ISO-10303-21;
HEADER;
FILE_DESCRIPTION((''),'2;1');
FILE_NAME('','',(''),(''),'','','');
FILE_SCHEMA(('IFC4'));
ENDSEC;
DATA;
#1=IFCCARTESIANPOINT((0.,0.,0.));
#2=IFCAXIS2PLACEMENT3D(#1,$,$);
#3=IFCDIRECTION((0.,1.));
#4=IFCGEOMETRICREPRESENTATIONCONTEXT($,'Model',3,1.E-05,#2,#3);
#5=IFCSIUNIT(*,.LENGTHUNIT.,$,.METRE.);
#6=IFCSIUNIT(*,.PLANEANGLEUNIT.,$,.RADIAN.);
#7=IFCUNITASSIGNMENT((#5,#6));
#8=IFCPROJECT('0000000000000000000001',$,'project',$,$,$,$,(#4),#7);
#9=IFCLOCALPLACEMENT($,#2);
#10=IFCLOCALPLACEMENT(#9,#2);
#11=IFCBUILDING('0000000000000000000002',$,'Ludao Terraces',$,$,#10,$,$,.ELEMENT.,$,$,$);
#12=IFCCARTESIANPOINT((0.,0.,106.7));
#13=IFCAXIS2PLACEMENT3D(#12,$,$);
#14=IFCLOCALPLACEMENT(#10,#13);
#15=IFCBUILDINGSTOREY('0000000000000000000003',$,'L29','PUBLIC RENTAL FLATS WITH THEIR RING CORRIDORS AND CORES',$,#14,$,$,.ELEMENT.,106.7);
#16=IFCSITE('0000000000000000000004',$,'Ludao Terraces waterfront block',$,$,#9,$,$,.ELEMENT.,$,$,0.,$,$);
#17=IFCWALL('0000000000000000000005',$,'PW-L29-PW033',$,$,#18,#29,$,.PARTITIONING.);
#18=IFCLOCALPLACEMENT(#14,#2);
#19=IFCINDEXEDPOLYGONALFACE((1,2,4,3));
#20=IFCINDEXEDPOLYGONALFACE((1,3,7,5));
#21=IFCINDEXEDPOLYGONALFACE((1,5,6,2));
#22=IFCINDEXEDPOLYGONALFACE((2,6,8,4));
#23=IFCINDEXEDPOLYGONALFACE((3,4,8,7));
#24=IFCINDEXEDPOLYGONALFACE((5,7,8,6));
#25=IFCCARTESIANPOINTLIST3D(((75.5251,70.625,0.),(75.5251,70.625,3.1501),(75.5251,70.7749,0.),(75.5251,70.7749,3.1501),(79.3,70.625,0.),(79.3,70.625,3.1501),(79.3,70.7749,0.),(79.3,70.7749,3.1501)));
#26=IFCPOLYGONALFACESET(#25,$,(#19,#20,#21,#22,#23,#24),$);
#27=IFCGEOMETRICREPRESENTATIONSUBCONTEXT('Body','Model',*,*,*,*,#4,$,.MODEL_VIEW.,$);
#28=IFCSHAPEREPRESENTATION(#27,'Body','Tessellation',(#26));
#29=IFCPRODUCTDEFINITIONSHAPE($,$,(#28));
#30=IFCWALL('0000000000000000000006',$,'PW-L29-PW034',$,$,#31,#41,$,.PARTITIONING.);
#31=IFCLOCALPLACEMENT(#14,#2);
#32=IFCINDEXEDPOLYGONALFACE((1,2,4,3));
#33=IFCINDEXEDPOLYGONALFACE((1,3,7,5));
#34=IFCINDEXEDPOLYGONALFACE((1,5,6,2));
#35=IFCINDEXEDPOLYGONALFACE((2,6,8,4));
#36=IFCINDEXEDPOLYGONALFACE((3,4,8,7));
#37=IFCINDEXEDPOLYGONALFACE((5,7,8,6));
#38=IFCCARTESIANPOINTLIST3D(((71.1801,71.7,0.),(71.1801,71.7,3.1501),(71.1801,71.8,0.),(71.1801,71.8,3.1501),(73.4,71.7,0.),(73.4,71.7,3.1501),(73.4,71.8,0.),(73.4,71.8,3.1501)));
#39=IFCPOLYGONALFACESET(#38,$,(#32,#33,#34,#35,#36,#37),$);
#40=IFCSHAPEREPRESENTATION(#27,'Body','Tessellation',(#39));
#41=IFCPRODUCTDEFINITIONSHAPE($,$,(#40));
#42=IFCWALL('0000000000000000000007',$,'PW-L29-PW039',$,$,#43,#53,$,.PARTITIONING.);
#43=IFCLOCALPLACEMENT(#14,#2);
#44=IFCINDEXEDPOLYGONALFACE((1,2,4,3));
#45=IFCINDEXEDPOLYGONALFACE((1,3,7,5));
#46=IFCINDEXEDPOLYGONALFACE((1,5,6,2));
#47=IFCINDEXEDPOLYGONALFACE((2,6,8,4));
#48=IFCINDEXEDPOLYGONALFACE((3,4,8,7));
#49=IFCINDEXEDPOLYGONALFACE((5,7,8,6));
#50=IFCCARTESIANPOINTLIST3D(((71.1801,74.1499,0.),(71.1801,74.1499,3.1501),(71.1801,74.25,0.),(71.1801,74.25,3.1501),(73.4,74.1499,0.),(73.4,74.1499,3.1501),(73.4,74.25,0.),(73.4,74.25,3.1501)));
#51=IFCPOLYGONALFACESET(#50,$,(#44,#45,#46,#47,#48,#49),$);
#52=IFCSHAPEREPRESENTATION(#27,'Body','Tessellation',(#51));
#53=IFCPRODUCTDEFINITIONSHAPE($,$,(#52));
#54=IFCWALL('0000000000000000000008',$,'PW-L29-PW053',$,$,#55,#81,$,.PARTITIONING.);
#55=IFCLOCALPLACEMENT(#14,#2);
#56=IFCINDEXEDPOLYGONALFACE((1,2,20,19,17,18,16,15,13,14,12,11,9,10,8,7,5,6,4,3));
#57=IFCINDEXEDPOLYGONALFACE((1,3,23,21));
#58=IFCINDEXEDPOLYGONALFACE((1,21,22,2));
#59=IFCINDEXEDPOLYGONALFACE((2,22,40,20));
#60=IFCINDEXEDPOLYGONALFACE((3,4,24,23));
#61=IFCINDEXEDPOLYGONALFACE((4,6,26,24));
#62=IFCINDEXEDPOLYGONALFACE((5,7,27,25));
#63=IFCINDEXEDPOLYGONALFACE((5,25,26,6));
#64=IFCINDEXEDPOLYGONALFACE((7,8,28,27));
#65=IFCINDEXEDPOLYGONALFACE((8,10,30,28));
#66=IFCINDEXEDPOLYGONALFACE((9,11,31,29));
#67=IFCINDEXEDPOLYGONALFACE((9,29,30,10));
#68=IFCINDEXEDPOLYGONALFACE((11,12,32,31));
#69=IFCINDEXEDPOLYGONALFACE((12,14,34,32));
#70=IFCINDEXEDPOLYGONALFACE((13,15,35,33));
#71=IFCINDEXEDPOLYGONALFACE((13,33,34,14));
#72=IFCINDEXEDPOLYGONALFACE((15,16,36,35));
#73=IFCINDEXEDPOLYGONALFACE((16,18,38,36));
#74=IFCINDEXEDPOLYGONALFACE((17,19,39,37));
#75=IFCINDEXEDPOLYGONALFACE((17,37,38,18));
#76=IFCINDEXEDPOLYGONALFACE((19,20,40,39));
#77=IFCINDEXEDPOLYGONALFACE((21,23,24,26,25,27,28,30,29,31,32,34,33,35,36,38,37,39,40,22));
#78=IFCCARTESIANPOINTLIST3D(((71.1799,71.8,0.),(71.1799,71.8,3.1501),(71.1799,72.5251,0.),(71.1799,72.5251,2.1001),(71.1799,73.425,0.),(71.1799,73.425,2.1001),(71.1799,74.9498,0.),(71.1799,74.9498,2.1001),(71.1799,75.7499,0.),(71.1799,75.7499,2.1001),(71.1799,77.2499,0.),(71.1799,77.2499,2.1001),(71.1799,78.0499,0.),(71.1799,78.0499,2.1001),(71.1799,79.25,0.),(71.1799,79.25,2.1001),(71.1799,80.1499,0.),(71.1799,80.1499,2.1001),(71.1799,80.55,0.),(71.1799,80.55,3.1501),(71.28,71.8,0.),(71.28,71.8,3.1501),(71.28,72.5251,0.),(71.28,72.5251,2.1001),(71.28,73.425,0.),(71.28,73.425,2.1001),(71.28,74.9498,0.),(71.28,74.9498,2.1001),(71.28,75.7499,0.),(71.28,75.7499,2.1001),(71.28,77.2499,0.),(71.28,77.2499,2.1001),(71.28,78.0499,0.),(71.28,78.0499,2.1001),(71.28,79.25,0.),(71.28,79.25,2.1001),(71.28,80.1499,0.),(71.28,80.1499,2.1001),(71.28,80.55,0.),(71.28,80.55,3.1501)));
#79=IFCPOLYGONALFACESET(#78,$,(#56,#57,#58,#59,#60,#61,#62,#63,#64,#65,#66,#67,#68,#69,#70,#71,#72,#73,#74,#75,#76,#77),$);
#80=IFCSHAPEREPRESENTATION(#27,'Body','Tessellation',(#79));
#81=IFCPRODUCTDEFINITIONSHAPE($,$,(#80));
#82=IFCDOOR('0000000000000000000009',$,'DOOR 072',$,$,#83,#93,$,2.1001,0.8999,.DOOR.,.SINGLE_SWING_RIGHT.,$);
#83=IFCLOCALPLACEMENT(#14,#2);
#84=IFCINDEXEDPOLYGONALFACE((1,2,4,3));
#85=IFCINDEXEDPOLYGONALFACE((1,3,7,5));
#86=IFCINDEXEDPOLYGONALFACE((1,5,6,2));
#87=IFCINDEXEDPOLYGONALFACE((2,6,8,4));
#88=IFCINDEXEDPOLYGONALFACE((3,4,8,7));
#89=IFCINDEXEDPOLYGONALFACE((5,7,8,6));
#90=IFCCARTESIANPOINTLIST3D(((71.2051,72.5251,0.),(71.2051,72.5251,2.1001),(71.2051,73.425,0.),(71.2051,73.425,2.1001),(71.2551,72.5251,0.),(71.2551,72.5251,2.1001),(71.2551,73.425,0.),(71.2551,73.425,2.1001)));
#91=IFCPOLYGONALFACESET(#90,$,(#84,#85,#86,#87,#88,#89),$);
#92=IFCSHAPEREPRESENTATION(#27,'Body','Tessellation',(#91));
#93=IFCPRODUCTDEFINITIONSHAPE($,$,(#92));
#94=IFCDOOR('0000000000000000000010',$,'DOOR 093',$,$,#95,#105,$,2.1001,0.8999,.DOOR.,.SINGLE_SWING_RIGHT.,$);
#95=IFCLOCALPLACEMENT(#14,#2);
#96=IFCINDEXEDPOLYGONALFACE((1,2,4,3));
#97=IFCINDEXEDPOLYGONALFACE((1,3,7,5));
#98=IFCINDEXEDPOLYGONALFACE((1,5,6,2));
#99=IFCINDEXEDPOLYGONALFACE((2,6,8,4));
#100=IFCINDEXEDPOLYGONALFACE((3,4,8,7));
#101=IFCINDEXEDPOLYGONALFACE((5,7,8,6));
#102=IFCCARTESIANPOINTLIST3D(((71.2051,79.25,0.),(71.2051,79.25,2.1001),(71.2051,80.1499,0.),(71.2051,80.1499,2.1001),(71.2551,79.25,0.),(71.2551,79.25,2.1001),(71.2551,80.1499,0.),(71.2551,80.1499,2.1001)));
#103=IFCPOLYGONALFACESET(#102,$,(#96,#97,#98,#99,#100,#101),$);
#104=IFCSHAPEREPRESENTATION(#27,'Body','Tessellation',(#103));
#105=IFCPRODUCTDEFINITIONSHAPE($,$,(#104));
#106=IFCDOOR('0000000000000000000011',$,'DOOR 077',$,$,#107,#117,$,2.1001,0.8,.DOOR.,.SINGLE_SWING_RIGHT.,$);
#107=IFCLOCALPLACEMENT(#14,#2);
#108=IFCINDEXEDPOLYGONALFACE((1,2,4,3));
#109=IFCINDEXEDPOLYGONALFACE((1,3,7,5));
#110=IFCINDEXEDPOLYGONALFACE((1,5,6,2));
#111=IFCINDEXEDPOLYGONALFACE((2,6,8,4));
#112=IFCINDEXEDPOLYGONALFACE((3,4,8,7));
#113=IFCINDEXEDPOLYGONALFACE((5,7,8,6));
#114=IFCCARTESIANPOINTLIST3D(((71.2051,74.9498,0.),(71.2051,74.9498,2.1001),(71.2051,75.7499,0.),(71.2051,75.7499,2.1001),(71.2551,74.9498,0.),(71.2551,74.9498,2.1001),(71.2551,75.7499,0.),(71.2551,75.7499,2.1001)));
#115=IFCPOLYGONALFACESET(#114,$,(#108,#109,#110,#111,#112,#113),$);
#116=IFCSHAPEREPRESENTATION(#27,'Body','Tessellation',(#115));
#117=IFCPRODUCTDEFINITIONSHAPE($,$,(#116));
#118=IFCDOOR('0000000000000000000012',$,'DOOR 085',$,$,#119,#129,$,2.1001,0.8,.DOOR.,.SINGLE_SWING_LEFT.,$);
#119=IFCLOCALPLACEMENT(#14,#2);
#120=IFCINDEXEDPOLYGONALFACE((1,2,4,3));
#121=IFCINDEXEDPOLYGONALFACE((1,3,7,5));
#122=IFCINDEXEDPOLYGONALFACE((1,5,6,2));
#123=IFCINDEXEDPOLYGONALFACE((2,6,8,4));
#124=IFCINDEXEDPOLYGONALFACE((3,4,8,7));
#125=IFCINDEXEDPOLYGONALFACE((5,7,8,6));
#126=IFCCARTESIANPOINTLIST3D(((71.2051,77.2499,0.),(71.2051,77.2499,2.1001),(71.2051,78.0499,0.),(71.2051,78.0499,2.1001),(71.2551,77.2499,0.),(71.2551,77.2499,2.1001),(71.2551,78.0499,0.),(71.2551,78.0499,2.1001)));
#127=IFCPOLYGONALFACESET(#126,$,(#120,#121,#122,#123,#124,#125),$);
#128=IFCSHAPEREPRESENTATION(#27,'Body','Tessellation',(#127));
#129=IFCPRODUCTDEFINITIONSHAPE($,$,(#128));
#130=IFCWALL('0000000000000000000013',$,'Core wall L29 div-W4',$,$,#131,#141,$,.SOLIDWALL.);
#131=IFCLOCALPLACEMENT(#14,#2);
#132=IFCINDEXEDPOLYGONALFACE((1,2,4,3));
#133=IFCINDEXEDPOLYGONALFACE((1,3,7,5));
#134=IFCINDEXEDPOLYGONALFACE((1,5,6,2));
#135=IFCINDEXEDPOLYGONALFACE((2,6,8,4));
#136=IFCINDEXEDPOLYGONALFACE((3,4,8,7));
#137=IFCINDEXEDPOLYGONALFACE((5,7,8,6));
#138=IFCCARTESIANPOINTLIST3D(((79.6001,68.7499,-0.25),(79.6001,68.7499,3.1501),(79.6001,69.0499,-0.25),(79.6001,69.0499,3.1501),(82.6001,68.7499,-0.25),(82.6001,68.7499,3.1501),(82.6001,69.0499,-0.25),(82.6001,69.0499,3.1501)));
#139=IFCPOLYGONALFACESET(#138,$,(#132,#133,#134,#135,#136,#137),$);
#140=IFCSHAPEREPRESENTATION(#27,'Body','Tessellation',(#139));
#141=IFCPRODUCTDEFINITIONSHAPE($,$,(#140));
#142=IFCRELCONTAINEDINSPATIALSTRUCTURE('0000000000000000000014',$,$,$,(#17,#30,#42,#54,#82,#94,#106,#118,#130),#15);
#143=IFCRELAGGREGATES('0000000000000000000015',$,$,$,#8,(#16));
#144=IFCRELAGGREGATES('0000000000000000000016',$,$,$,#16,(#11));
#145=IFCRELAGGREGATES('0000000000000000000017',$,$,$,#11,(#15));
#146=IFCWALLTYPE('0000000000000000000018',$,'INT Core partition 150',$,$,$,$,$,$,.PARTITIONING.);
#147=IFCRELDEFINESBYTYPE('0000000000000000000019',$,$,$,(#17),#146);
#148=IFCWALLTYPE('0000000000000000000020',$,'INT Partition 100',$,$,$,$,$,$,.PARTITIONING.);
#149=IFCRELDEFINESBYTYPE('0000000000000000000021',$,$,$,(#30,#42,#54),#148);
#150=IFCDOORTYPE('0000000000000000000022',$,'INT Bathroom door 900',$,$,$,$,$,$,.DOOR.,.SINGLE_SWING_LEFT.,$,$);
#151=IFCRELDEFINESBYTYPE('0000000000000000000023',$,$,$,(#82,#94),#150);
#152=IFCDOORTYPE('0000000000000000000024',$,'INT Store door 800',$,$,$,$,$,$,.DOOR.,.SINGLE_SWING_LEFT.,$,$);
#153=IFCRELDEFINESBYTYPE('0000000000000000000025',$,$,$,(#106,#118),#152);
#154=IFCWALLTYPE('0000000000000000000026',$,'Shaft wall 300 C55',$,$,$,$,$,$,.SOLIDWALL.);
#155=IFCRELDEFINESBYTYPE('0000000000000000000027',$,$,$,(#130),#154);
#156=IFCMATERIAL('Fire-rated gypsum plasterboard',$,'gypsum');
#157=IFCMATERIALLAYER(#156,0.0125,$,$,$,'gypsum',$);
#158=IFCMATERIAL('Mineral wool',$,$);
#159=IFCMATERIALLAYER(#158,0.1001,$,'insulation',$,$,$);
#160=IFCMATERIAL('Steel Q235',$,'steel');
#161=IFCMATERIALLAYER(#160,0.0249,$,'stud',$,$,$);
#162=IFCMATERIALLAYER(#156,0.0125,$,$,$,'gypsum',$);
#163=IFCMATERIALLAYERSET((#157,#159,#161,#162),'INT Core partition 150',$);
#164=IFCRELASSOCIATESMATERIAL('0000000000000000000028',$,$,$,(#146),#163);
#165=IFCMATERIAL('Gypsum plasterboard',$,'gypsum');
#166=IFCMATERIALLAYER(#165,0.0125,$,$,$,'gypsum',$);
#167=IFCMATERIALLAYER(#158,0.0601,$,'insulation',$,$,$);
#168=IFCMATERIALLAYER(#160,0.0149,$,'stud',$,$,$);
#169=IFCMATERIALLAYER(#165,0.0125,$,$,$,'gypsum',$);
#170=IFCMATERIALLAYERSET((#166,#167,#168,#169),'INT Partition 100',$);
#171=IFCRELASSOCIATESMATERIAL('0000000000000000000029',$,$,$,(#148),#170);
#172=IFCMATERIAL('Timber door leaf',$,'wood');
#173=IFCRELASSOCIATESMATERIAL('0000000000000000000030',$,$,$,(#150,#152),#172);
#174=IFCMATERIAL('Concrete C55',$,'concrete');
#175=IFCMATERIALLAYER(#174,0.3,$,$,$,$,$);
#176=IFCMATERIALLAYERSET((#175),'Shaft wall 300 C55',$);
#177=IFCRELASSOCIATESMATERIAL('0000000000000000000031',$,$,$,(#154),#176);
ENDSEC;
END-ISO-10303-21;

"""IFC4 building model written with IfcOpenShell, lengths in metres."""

from ifc_helpers import new_model, si_unit, direction, frame, frame_2d, origin, place, context, subcontext, project, spatial, rectangle, extrude, material, layer, layer_set, type_object, element, fill, save


model = new_model("IFC4")

# Units and contexts
model_context = context("Model", 3, precision=1e-05, world=origin(), true_north=direction((0.0, 1.0)))
body_context = subcontext(model_context, "Body", "Model", "MODEL_VIEW")
ifc_project = project(units=[si_unit("LENGTHUNIT", "METRE"), si_unit("PLANEANGLEUNIT", "RADIAN")], contexts=[model_context])

# Site, building, storey
site_placement = place(None, origin())
site = spatial("IfcSite", under=ifc_project, at=site_placement, Name="Ludao Terraces waterfront block", CompositionType="ELEMENT", RefElevation=0.0)
building_placement = place(site_placement, origin())
building = spatial("IfcBuilding", under=site, at=building_placement, Name="Ludao Terraces", CompositionType="ELEMENT")
storey_placement = place(building_placement, frame((0.0, 0.0, 106.7)))
storey = spatial("IfcBuildingStorey", under=building, at=storey_placement, Name="L29", Description="PUBLIC RENTAL FLATS WITH THEIR RING CORRIDORS AND CORES", CompositionType="ELEMENT", Elevation=106.7)

# Walls
ifc_material_1 = material(Name="Fire-rated gypsum plasterboard", Category="gypsum")
ifc_layer_1 = layer(ifc_material_1, 0.0125, Category="gypsum")
ifc_material_2 = material(Name="Mineral wool")
ifc_layer_2 = layer(ifc_material_2, 0.1001, Name="insulation")
ifc_material_3 = material(Name="Steel Q235", Category="steel")
ifc_layer_3 = layer(ifc_material_3, 0.0249, Name="stud")
ifc_layer_4 = layer(ifc_material_1, 0.0125, Category="gypsum")
ifc_layer_set_1 = layer_set([ifc_layer_1, ifc_layer_2, ifc_layer_3, ifc_layer_4], Name="INT Core partition 150")
wall_type_1 = type_object("IfcWallType", Name="INT Core partition 150", PredefinedType="PARTITIONING", material=ifc_layer_set_1)
wall_1_placement = place(storey_placement, frame((75.5251, 70.7, 0.0), z_axis=(0.0, 0.0, 1.0), x_axis=(1.0, 0.0, 0.0)))
element("IfcWall", 1, at=wall_1_placement, inside=storey, type_object=wall_type_1, Name="PW-L29-PW033", PredefinedType="PARTITIONING", context=body_context, shape_type="SweptSolid", body=[
    extrude(rectangle(XDim=3.7749, YDim=0.1499, at=frame_2d((1.8875, 0.0))), origin(), (0.0, 0.0, 1.0), 3.1501),
])
ifc_material_4 = material(Name="Gypsum plasterboard", Category="gypsum")
ifc_layer_5 = layer(ifc_material_4, 0.0125, Category="gypsum")
ifc_layer_6 = layer(ifc_material_2, 0.0601, Name="insulation")
ifc_layer_7 = layer(ifc_material_3, 0.0149, Name="stud")
ifc_layer_8 = layer(ifc_material_4, 0.0125, Category="gypsum")
ifc_layer_set_2 = layer_set([ifc_layer_5, ifc_layer_6, ifc_layer_7, ifc_layer_8], Name="INT Partition 100")
wall_type_2 = type_object("IfcWallType", Name="INT Partition 100", PredefinedType="PARTITIONING", material=ifc_layer_set_2)
for number, where, z_axis, x_axis, name in (
    (2, (71.1802, 71.75, 0.0), (0.0, 0.0, 1.0), (1.0, 0.0, 0.0), "PW-L29-PW034"),
    (3, (71.1802, 74.2, 0.0), (0.0, 0.0, 1.0), (1.0, 0.0, 0.0), "PW-L29-PW039"),
):
    element("IfcWall", number, at=place(storey_placement, frame(where, z_axis=z_axis, x_axis=x_axis)), inside=storey, type_object=wall_type_2, Name=name, PredefinedType="PARTITIONING", context=body_context, shape_type="SweptSolid", body=[
        extrude(rectangle(XDim=2.22, YDim=0.1001, at=frame_2d((1.1099, 0.0))), origin(), (0.0, 0.0, 1.0), 3.1501),
    ])

# Wall, openings, doors
wall_2_placement = place(storey_placement, frame((71.23, 71.8, 0.0), z_axis=(0.0, 0.0, 1.0), x_axis=(0.0, 1.0, 0.0)))
wall_2 = element("IfcWall", 4, at=wall_2_placement, inside=storey, type_object=wall_type_2, Name="PW-L29-PW053", PredefinedType="PARTITIONING", context=body_context, shape_type="SweptSolid", body=[
    extrude(rectangle(XDim=8.75, YDim=0.1001, at=frame_2d((4.375, 0.0))), origin(), (0.0, 0.0, 1.0), 3.1501),
])
opening_1_placement = place(wall_2_placement, frame((0.7251, 0.0, 0.0)))
opening_1 = element("IfcOpeningElement", 5, at=opening_1_placement, cuts=wall_2, PredefinedType="OPENING", context=body_context, shape_type="SweptSolid", body=[
    extrude(rectangle(XDim=0.8999, YDim=2.1001, at=frame_2d((0.45, 1.05))), frame((0.0, 0.0601, 0.0), z_axis=(0.0, -1.0, 0.0), x_axis=(1.0, 0.0, 0.0)), (0.0, 0.0, 1.0), 0.1201),
])
opening_2_placement = place(wall_2_placement, frame((3.1499, 0.0, 0.0)))
opening_2 = element("IfcOpeningElement", 6, at=opening_2_placement, cuts=wall_2, PredefinedType="OPENING", context=body_context, shape_type="SweptSolid", body=[
    extrude(rectangle(XDim=0.8, YDim=2.1001, at=frame_2d((0.3999, 1.05))), frame((0.0, 0.0601, 0.0), z_axis=(0.0, -1.0, 0.0), x_axis=(1.0, 0.0, 0.0)), (0.0, 0.0, 1.0), 0.1201),
])
opening_3_placement = place(wall_2_placement, frame((5.45, 0.0, 0.0)))
opening_3 = element("IfcOpeningElement", 7, at=opening_3_placement, cuts=wall_2, PredefinedType="OPENING", context=body_context, shape_type="SweptSolid", body=[
    extrude(rectangle(XDim=0.8, YDim=2.1001, at=frame_2d((0.3999, 1.05))), frame((0.0, 0.0601, 0.0), z_axis=(0.0, -1.0, 0.0), x_axis=(1.0, 0.0, 0.0)), (0.0, 0.0, 1.0), 0.1201),
])
opening_4_placement = place(wall_2_placement, frame((7.45, 0.0, 0.0)))
opening_4 = element("IfcOpeningElement", 8, at=opening_4_placement, cuts=wall_2, PredefinedType="OPENING", context=body_context, shape_type="SweptSolid", body=[
    extrude(rectangle(XDim=0.8999, YDim=2.1001, at=frame_2d((0.45, 1.05))), frame((0.0, 0.0601, 0.0), z_axis=(0.0, -1.0, 0.0), x_axis=(1.0, 0.0, 0.0)), (0.0, 0.0, 1.0), 0.1201),
])
ifc_material_5 = material(Name="Timber door leaf", Category="wood")
door_type_1 = type_object("IfcDoorType", Name="INT Bathroom door 900", OperationType="SINGLE_SWING_LEFT", PredefinedType="DOOR", material=ifc_material_5)
door_1_placement = place(opening_1_placement, origin())
door_1 = element("IfcDoor", 9, at=door_1_placement, inside=storey, type_object=door_type_1, Name="DOOR 072", OperationType="SINGLE_SWING_RIGHT", OverallHeight=2.1001, OverallWidth=0.8999, PredefinedType="DOOR", context=body_context, shape_type="SweptSolid", body=[
    extrude(rectangle(XDim=0.8999, YDim=2.1001, at=frame_2d((0.45, 1.05))), frame((0.0, 0.0249, 0.0), z_axis=(0.0, -1.0, 0.0), x_axis=(1.0, 0.0, 0.0)), (0.0, 0.0, 1.0), 0.05),
])
fill(opening_1, door_1)
door_2_placement = place(opening_4_placement, origin())
door_2 = element("IfcDoor", 10, at=door_2_placement, inside=storey, type_object=door_type_1, Name="DOOR 093", OperationType="SINGLE_SWING_RIGHT", OverallHeight=2.1001, OverallWidth=0.8999, PredefinedType="DOOR", context=body_context, shape_type="SweptSolid", body=[
    extrude(rectangle(XDim=0.8999, YDim=2.1001, at=frame_2d((0.45, 1.05))), frame((0.0, 0.0249, 0.0), z_axis=(0.0, -1.0, 0.0), x_axis=(1.0, 0.0, 0.0)), (0.0, 0.0, 1.0), 0.05),
])
fill(opening_4, door_2)
door_type_2 = type_object("IfcDoorType", Name="INT Store door 800", OperationType="SINGLE_SWING_LEFT", PredefinedType="DOOR", material=ifc_material_5)
door_3_placement = place(opening_2_placement, origin())
door_3 = element("IfcDoor", 11, at=door_3_placement, inside=storey, type_object=door_type_2, Name="DOOR 077", OperationType="SINGLE_SWING_RIGHT", OverallHeight=2.1001, OverallWidth=0.8, PredefinedType="DOOR", context=body_context, shape_type="SweptSolid", body=[
    extrude(rectangle(XDim=0.8, YDim=2.1001, at=frame_2d((0.3999, 1.05))), frame((0.0, 0.0249, 0.0), z_axis=(0.0, -1.0, 0.0), x_axis=(1.0, 0.0, 0.0)), (0.0, 0.0, 1.0), 0.05),
])
fill(opening_2, door_3)
door_4_placement = place(opening_3_placement, origin())
door_4 = element("IfcDoor", 12, at=door_4_placement, inside=storey, type_object=door_type_2, Name="DOOR 085", OperationType="SINGLE_SWING_LEFT", OverallHeight=2.1001, OverallWidth=0.8, PredefinedType="DOOR", context=body_context, shape_type="SweptSolid", body=[
    extrude(rectangle(XDim=0.8, YDim=2.1001, at=frame_2d((0.3999, 1.05))), frame((0.0, 0.0249, 0.0), z_axis=(0.0, -1.0, 0.0), x_axis=(1.0, 0.0, 0.0)), (0.0, 0.0, 1.0), 0.05),
])
fill(opening_3, door_4)

# Wall
ifc_material_6 = material(Name="Concrete C55", Category="concrete")
ifc_layer_9 = layer(ifc_material_6, 0.3)
ifc_layer_set_3 = layer_set([ifc_layer_9], Name="Shaft wall 300 C55")
wall_type_3 = type_object("IfcWallType", Name="Shaft wall 300 C55", PredefinedType="SOLIDWALL", material=ifc_layer_set_3)
wall_3_placement = place(storey_placement, frame((79.6001, 68.8999, -0.25), z_axis=(0.0, 0.0, 1.0), x_axis=(1.0, 0.0, 0.0)))
element("IfcWall", 13, at=wall_3_placement, inside=storey, type_object=wall_type_3, Name="Core wall L29 div-W4", PredefinedType="SOLIDWALL", context=body_context, shape_type="SweptSolid", body=[
    extrude(rectangle(XDim=3.0, YDim=0.3, at=frame_2d((1.5, 0.0))), origin(), (0.0, 0.0, 1.0), 3.4001),
])

save(model, "model.ifc")
